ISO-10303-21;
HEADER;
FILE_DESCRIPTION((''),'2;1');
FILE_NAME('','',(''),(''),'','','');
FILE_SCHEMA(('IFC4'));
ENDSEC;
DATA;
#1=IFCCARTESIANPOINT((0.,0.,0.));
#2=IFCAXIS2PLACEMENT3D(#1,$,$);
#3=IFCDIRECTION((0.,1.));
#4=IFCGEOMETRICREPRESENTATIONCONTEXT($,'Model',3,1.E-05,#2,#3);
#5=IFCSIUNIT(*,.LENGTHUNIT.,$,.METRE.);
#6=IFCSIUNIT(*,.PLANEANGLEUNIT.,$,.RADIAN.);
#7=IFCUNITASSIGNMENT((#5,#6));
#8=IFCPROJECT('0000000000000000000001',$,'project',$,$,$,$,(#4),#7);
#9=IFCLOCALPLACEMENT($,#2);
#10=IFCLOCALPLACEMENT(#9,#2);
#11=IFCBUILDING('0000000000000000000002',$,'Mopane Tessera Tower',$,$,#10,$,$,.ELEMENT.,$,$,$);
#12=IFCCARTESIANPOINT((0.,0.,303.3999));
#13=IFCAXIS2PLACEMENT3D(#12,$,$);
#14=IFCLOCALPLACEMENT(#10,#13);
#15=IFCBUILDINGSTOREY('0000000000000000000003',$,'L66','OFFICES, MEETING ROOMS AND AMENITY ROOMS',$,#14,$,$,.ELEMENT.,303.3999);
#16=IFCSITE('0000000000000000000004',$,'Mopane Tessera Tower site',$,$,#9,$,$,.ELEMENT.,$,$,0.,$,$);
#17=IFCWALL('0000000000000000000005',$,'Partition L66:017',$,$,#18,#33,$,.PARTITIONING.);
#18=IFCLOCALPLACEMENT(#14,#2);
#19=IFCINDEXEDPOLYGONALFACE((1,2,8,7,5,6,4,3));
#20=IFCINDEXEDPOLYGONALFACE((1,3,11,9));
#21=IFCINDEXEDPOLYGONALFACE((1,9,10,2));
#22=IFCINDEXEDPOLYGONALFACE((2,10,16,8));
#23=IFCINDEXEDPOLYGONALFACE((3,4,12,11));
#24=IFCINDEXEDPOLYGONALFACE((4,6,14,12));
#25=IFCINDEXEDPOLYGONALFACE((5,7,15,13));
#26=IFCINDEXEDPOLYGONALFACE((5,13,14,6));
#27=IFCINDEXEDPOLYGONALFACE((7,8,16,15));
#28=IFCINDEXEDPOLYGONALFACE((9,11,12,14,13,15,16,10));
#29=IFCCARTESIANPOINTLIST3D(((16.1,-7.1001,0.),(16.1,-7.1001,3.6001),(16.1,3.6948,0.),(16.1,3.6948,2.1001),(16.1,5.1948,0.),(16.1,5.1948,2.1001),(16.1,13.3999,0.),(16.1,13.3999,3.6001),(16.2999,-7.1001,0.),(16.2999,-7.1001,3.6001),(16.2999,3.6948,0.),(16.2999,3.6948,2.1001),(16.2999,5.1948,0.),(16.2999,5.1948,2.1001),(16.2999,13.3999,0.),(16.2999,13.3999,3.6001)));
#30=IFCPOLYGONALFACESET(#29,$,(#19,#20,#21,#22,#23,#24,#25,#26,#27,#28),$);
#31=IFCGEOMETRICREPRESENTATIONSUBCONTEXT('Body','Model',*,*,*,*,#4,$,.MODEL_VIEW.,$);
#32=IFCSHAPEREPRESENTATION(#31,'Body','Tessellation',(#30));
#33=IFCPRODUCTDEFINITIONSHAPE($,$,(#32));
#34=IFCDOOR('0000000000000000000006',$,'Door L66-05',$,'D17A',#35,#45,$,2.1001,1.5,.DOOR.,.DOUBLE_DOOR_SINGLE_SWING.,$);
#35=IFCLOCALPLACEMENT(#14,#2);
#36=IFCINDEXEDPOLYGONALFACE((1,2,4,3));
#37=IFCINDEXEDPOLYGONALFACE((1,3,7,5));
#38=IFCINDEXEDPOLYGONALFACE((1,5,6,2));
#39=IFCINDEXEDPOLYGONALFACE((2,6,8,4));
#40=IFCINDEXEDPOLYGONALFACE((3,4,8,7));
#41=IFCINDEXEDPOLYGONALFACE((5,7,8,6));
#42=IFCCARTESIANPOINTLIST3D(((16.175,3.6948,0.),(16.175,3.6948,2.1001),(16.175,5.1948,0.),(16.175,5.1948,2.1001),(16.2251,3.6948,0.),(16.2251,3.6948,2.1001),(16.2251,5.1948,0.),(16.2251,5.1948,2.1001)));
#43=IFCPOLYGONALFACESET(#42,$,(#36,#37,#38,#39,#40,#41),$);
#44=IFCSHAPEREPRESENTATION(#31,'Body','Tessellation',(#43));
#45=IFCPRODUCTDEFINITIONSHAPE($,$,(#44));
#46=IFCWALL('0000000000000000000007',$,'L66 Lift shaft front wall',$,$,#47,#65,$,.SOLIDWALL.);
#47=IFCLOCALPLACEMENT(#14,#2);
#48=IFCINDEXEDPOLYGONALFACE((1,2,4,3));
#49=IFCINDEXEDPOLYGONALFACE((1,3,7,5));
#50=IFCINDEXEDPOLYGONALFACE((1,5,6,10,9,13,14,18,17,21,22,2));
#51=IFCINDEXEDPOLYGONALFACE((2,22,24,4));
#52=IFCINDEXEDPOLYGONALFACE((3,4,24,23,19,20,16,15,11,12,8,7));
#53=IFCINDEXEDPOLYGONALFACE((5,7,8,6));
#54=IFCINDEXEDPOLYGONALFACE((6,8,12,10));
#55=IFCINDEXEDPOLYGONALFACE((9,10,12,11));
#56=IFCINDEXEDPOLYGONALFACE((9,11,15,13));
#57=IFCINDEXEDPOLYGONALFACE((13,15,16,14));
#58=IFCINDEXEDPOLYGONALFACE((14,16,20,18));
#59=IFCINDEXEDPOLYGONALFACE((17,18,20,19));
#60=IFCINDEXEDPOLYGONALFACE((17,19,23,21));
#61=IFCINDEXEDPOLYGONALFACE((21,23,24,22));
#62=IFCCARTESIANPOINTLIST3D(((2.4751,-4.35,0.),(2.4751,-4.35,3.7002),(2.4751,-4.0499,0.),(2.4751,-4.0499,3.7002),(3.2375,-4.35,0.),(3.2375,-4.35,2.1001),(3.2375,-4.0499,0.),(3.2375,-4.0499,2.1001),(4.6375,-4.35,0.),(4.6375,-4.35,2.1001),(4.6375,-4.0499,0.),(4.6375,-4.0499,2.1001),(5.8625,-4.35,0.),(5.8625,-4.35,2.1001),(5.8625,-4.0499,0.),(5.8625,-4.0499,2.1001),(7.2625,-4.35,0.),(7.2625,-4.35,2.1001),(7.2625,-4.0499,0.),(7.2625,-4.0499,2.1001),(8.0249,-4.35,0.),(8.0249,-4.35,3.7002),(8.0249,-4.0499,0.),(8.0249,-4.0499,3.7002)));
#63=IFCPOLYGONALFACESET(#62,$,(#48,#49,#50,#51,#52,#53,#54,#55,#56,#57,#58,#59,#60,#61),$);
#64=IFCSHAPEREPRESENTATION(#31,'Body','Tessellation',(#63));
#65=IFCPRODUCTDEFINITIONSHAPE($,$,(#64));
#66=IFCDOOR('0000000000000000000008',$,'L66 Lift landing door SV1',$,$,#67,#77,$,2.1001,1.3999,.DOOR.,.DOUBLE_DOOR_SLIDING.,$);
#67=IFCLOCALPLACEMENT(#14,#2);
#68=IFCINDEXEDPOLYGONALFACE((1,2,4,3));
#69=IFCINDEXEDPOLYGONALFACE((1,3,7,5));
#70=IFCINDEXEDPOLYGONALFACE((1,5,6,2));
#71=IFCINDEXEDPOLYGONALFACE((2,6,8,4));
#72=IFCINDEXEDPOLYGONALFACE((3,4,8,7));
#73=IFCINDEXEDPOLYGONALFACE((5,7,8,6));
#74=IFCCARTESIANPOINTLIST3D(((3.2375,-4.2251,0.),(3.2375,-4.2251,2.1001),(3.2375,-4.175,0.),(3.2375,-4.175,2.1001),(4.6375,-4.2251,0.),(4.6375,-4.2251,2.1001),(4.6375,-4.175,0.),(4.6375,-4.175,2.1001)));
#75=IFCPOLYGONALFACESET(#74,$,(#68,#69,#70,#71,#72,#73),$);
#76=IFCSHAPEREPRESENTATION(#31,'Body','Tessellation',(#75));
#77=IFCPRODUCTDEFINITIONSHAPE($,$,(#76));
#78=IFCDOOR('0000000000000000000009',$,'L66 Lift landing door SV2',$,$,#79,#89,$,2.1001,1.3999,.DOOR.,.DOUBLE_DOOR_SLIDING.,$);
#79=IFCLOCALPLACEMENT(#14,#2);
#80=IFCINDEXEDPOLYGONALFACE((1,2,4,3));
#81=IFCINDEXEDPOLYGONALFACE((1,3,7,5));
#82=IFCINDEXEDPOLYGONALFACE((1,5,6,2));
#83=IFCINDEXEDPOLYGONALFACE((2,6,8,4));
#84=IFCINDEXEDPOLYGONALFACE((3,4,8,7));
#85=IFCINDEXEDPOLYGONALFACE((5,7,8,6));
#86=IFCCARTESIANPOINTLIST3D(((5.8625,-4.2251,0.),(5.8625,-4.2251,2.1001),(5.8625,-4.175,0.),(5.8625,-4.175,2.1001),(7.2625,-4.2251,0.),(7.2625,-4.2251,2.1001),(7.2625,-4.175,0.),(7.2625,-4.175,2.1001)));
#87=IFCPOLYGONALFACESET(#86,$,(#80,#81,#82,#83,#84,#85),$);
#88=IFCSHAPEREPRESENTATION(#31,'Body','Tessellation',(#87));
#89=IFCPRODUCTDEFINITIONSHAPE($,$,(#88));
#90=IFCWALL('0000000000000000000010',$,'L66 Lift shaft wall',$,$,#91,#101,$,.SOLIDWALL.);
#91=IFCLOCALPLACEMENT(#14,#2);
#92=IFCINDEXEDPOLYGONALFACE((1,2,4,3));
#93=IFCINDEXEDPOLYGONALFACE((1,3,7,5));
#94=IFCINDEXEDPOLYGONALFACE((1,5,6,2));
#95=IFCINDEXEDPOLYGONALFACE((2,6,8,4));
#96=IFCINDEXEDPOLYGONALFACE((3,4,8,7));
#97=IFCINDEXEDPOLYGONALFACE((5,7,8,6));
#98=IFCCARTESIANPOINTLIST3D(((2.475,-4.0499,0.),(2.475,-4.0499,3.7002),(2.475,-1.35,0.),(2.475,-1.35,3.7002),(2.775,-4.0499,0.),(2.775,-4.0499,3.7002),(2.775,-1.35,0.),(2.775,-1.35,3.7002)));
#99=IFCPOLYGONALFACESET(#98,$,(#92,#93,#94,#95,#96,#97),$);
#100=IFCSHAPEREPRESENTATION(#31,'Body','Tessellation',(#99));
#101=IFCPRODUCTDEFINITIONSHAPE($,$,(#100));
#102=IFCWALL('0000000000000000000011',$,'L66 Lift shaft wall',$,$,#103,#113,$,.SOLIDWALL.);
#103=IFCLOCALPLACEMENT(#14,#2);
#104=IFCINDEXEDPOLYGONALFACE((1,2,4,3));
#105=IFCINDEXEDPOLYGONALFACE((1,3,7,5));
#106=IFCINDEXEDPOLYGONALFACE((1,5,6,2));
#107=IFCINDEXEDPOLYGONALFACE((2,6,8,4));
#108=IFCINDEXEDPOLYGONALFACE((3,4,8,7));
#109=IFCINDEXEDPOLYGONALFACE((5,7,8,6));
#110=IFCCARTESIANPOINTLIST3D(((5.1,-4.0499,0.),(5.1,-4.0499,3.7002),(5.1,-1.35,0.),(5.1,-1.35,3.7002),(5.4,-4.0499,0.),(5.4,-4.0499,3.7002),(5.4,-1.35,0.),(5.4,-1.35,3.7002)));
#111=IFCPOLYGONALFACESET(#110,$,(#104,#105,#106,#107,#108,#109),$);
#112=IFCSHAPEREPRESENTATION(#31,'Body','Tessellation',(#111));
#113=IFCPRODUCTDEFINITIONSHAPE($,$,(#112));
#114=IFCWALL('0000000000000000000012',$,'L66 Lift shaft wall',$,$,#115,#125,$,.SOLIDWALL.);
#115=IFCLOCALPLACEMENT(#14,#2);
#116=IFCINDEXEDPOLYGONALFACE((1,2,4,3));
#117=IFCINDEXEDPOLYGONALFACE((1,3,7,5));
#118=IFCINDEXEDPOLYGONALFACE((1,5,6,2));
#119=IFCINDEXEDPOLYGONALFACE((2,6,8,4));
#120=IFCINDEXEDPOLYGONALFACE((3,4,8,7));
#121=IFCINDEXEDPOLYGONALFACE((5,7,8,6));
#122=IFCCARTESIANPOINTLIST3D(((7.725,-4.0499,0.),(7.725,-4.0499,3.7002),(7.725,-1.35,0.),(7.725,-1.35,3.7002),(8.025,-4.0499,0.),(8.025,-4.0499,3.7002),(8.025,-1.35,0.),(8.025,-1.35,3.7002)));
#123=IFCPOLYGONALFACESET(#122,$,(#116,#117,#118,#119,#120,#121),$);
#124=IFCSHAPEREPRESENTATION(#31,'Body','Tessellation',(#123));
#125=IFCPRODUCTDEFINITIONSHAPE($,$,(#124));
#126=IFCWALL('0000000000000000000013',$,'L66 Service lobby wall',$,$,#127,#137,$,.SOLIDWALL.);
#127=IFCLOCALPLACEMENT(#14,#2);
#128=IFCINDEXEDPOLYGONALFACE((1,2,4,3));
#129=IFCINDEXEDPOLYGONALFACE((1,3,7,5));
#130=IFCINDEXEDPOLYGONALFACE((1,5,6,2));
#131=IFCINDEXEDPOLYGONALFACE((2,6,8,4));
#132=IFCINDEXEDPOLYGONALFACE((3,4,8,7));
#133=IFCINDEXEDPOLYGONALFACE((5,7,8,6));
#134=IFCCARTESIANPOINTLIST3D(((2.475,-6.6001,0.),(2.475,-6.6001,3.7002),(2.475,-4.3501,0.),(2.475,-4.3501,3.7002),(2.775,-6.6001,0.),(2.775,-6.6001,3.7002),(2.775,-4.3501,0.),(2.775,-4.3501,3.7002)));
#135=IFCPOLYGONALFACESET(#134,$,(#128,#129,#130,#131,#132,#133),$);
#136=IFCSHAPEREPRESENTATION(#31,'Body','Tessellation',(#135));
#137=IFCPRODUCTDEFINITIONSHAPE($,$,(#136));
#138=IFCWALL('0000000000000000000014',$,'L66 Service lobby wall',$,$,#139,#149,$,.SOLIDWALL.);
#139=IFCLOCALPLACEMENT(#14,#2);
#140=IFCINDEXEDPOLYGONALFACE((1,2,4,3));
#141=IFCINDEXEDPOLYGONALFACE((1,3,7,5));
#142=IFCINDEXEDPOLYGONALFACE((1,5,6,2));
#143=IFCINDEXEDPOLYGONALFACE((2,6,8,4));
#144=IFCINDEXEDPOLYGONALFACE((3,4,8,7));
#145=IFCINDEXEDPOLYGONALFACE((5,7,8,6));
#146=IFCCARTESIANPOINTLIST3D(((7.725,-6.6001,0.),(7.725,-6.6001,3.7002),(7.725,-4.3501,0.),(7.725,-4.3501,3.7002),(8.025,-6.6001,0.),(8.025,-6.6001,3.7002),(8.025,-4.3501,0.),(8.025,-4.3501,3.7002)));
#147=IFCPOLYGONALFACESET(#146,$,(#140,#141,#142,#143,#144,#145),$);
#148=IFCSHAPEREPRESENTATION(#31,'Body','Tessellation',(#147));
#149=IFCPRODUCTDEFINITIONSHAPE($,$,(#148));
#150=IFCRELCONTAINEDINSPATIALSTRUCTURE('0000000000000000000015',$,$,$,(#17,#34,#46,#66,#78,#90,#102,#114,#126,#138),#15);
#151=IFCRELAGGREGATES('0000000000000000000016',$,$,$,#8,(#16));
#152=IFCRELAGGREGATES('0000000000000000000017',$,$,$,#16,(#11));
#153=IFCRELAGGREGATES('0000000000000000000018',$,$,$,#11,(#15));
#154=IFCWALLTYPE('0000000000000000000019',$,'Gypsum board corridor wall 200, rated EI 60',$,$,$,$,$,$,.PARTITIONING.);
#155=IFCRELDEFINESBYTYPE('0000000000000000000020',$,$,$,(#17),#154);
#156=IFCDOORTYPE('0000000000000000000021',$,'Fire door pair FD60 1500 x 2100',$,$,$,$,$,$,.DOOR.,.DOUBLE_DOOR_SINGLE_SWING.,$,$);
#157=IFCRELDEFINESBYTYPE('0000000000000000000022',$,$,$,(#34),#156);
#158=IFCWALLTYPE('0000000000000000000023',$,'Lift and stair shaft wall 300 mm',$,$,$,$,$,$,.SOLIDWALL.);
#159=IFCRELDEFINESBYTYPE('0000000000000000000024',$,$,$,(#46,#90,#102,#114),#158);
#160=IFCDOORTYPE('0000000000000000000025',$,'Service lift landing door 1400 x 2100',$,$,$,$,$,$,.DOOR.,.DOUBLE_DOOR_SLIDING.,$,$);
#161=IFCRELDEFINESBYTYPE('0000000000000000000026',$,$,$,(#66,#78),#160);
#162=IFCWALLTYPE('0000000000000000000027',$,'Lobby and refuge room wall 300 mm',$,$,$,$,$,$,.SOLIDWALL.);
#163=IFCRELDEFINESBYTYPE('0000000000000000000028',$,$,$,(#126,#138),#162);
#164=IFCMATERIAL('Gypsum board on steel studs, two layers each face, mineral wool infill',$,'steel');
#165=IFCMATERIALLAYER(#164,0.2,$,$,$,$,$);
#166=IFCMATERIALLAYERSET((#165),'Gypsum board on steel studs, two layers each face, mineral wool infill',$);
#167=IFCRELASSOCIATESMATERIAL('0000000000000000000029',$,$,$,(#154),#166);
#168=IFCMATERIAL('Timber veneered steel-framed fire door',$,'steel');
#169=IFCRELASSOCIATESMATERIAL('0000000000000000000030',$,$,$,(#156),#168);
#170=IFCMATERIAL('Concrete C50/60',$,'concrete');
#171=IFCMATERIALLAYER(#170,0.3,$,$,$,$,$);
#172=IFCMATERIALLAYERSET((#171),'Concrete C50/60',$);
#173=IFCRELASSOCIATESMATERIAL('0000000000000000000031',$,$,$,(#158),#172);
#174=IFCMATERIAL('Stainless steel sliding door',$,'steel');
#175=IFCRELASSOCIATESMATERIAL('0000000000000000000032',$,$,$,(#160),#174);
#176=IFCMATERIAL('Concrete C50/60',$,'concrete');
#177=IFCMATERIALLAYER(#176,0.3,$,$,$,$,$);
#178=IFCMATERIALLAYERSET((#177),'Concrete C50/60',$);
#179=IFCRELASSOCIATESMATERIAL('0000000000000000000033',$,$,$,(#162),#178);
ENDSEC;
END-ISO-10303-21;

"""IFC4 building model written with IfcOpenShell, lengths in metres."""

from ifc_helpers import new_model, si_unit, direction, frame, frame_2d, origin, place, context, subcontext, project, spatial, rectangle, extrude, material, layer, layer_set, type_object, element, fill, save


model = new_model("IFC4")

# Units and contexts
model_context = context("Model", 3, precision=1e-05, world=origin(), true_north=direction((0.0, 1.0)))
body_context = subcontext(model_context, "Body", "Model", "MODEL_VIEW")
ifc_project = project(units=[si_unit("LENGTHUNIT", "METRE"), si_unit("PLANEANGLEUNIT", "RADIAN")], contexts=[model_context])

# Site, building, storey
site_placement = place(None, origin())
site = spatial("IfcSite", under=ifc_project, at=site_placement, Name="Mopane Tessera Tower site", CompositionType="ELEMENT", RefElevation=0.0)
building_placement = place(site_placement, origin())
building = spatial("IfcBuilding", under=site, at=building_placement, Name="Mopane Tessera Tower", CompositionType="ELEMENT")
storey_placement = place(building_placement, frame((0.0, 0.0, 303.3999)))
storey = spatial("IfcBuildingStorey", under=building, at=storey_placement, Name="L66", Description="OFFICES, MEETING ROOMS AND AMENITY ROOMS", CompositionType="ELEMENT", Elevation=303.3999)

# Wall, opening, door
ifc_material_1 = material(Name="Gypsum board on steel studs, two layers each face, mineral wool infill", Category="steel")
ifc_layer_1 = layer(ifc_material_1, 0.2)
ifc_layer_set_1 = layer_set([ifc_layer_1], Name="Gypsum board on steel studs, two layers each face, mineral wool infill")
wall_type_1 = type_object("IfcWallType", Name="Gypsum board corridor wall 200, rated EI 60", PredefinedType="PARTITIONING", material=ifc_layer_set_1)
wall_1_placement = place(storey_placement, frame((16.2, -7.1001, 0.0), z_axis=(0.0, 0.0, 1.0), x_axis=(0.0, 1.0, 0.0)))
wall_1 = element("IfcWall", 1, at=wall_1_placement, inside=storey, type_object=wall_type_1, Name="Partition L66:017", PredefinedType="PARTITIONING", context=body_context, shape_type="SweptSolid", body=[
    extrude(rectangle(XDim=20.5, YDim=0.2, at=frame_2d((10.25, 0.0))), origin(), (0.0, 0.0, 1.0), 3.6001),
])
opening_1_placement = place(wall_1_placement, frame((10.7949, 0.0, 0.0)))
opening_1 = element("IfcOpeningElement", 2, at=opening_1_placement, cuts=wall_1, PredefinedType="OPENING", context=body_context, shape_type="SweptSolid", body=[
    extrude(rectangle(XDim=1.5, YDim=2.1001, at=frame_2d((0.75, 1.05))), frame((0.0, 0.1121, 0.0), z_axis=(0.0, -1.0, 0.0), x_axis=(1.0, 0.0, 0.0)), (0.0, 0.0, 1.0), 0.2239),
])
ifc_material_2 = material(Name="Timber veneered steel-framed fire door", Category="steel")
door_type_1 = type_object("IfcDoorType", Name="Fire door pair FD60 1500 x 2100", OperationType="DOUBLE_DOOR_SINGLE_SWING", PredefinedType="DOOR", material=ifc_material_2)
door_1_placement = place(opening_1_placement, origin())
door_1 = element("IfcDoor", 3, at=door_1_placement, inside=storey, type_object=door_type_1, Name="Door L66-05", ObjectType="D17A", OperationType="DOUBLE_DOOR_SINGLE_SWING", OverallHeight=2.1001, OverallWidth=1.5, PredefinedType="DOOR", context=body_context, shape_type="SweptSolid", body=[
    extrude(rectangle(XDim=1.5, YDim=2.1001, at=frame_2d((0.75, 1.05))), frame((0.0, 0.0249, 0.0), z_axis=(0.0, -1.0, 0.0), x_axis=(1.0, 0.0, 0.0)), (0.0, 0.0, 1.0), 0.05),
])
fill(opening_1, door_1)

# Wall, openings, doors
ifc_material_3 = material(Name="Concrete C50/60", Category="concrete")
ifc_layer_2 = layer(ifc_material_3, 0.3)
ifc_layer_set_2 = layer_set([ifc_layer_2], Name="Concrete C50/60")
wall_type_2 = type_object("IfcWallType", Name="Lift and stair shaft wall 300 mm", PredefinedType="SOLIDWALL", material=ifc_layer_set_2)
wall_2_placement = place(storey_placement, frame((2.4751, -4.2, 0.0), z_axis=(0.0, 0.0, 1.0), x_axis=(1.0, 0.0, 0.0)))
wall_2 = element("IfcWall", 4, at=wall_2_placement, inside=storey, type_object=wall_type_2, Name="L66 Lift shaft front wall", PredefinedType="SOLIDWALL", context=body_context, shape_type="SweptSolid", body=[
    extrude(rectangle(XDim=5.5498, YDim=0.3, at=frame_2d((2.7749, 0.0))), origin(), (0.0, 0.0, 1.0), 3.7002),
])
opening_2_placement = place(wall_2_placement, frame((0.7625, 0.0, 0.0)))
opening_2 = element("IfcOpeningElement", 5, at=opening_2_placement, cuts=wall_2, PredefinedType="OPENING", context=body_context, shape_type="SweptSolid", body=[
    extrude(rectangle(XDim=1.3999, YDim=2.1001, at=frame_2d((0.7, 1.05))), frame((0.0, 0.1621, 0.0), z_axis=(0.0, -1.0, 0.0), x_axis=(1.0, 0.0, 0.0)), (0.0, 0.0, 1.0), 0.324),
])
opening_3_placement = place(wall_2_placement, frame((3.3875, 0.0, 0.0)))
opening_3 = element("IfcOpeningElement", 6, at=opening_3_placement, cuts=wall_2, PredefinedType="OPENING", context=body_context, shape_type="SweptSolid", body=[
    extrude(rectangle(XDim=1.3999, YDim=2.1001, at=frame_2d((0.7, 1.05))), frame((0.0, 0.1621, 0.0), z_axis=(0.0, -1.0, 0.0), x_axis=(1.0, 0.0, 0.0)), (0.0, 0.0, 1.0), 0.324),
])
ifc_material_4 = material(Name="Stainless steel sliding door", Category="steel")
door_type_2 = type_object("IfcDoorType", Name="Service lift landing door 1400 x 2100", OperationType="DOUBLE_DOOR_SLIDING", PredefinedType="DOOR", material=ifc_material_4)
door_2_placement = place(opening_2_placement, origin())
door_2 = element("IfcDoor", 7, at=door_2_placement, inside=storey, type_object=door_type_2, Name="L66 Lift landing door SV1", OperationType="DOUBLE_DOOR_SLIDING", OverallHeight=2.1001, OverallWidth=1.3999, PredefinedType="DOOR", context=body_context, shape_type="SweptSolid", body=[
    extrude(rectangle(XDim=1.3999, YDim=2.1001, at=frame_2d((0.7, 1.05))), frame((0.0, 0.0249, 0.0), z_axis=(0.0, -1.0, 0.0), x_axis=(1.0, 0.0, 0.0)), (0.0, 0.0, 1.0), 0.05),
])
fill(opening_2, door_2)
door_3_placement = place(opening_3_placement, origin())
door_3 = element("IfcDoor", 8, at=door_3_placement, inside=storey, type_object=door_type_2, Name="L66 Lift landing door SV2", OperationType="DOUBLE_DOOR_SLIDING", OverallHeight=2.1001, OverallWidth=1.3999, PredefinedType="DOOR", context=body_context, shape_type="SweptSolid", body=[
    extrude(rectangle(XDim=1.3999, YDim=2.1001, at=frame_2d((0.7, 1.05))), frame((0.0, 0.0249, 0.0), z_axis=(0.0, -1.0, 0.0), x_axis=(1.0, 0.0, 0.0)), (0.0, 0.0, 1.0), 0.05),
])
fill(opening_3, door_3)

# Walls
for number, where, z_axis, x_axis, name in (
    (9, (2.625, -4.05, 0.0), (0.0, 0.0, 1.0), (0.0, 1.0, 0.0), "L66 Lift shaft wall"),
    (10, (5.25, -4.05, 0.0), (0.0, 0.0, 1.0), (0.0, 1.0, 0.0), "L66 Lift shaft wall"),
    (11, (7.875, -4.05, 0.0), (0.0, 0.0, 1.0), (0.0, 1.0, 0.0), "L66 Lift shaft wall"),
):
    element("IfcWall", number, at=place(storey_placement, frame(where, z_axis=z_axis, x_axis=x_axis)), inside=storey, type_object=wall_type_2, Name=name, PredefinedType="SOLIDWALL", context=body_context, shape_type="SweptSolid", body=[
        extrude(rectangle(XDim=2.7, YDim=0.3, at=frame_2d((1.3501, 0.0))), origin(), (0.0, 0.0, 1.0), 3.7002),
    ])
ifc_material_5 = material(Name="Concrete C50/60", Category="concrete")
ifc_layer_3 = layer(ifc_material_5, 0.3)
ifc_layer_set_3 = layer_set([ifc_layer_3], Name="Concrete C50/60")
wall_type_3 = type_object("IfcWallType", Name="Lobby and refuge room wall 300 mm", PredefinedType="SOLIDWALL", material=ifc_layer_set_3)
for number, where, z_axis, x_axis, name in (
    (12, (2.625, -6.6001, 0.0), (0.0, 0.0, 1.0), (0.0, 1.0, 0.0), "L66 Service lobby wall"),
    (13, (7.875, -6.6001, 0.0), (0.0, 0.0, 1.0), (0.0, 1.0, 0.0), "L66 Service lobby wall"),
):
    element("IfcWall", number, at=place(storey_placement, frame(where, z_axis=z_axis, x_axis=x_axis)), inside=storey, type_object=wall_type_3, Name=name, PredefinedType="SOLIDWALL", context=body_context, shape_type="SweptSolid", body=[
        extrude(rectangle(XDim=2.25, YDim=0.3, at=frame_2d((1.125, 0.0))), origin(), (0.0, 0.0, 1.0), 3.7002),
    ])

save(model, "model.ifc")
